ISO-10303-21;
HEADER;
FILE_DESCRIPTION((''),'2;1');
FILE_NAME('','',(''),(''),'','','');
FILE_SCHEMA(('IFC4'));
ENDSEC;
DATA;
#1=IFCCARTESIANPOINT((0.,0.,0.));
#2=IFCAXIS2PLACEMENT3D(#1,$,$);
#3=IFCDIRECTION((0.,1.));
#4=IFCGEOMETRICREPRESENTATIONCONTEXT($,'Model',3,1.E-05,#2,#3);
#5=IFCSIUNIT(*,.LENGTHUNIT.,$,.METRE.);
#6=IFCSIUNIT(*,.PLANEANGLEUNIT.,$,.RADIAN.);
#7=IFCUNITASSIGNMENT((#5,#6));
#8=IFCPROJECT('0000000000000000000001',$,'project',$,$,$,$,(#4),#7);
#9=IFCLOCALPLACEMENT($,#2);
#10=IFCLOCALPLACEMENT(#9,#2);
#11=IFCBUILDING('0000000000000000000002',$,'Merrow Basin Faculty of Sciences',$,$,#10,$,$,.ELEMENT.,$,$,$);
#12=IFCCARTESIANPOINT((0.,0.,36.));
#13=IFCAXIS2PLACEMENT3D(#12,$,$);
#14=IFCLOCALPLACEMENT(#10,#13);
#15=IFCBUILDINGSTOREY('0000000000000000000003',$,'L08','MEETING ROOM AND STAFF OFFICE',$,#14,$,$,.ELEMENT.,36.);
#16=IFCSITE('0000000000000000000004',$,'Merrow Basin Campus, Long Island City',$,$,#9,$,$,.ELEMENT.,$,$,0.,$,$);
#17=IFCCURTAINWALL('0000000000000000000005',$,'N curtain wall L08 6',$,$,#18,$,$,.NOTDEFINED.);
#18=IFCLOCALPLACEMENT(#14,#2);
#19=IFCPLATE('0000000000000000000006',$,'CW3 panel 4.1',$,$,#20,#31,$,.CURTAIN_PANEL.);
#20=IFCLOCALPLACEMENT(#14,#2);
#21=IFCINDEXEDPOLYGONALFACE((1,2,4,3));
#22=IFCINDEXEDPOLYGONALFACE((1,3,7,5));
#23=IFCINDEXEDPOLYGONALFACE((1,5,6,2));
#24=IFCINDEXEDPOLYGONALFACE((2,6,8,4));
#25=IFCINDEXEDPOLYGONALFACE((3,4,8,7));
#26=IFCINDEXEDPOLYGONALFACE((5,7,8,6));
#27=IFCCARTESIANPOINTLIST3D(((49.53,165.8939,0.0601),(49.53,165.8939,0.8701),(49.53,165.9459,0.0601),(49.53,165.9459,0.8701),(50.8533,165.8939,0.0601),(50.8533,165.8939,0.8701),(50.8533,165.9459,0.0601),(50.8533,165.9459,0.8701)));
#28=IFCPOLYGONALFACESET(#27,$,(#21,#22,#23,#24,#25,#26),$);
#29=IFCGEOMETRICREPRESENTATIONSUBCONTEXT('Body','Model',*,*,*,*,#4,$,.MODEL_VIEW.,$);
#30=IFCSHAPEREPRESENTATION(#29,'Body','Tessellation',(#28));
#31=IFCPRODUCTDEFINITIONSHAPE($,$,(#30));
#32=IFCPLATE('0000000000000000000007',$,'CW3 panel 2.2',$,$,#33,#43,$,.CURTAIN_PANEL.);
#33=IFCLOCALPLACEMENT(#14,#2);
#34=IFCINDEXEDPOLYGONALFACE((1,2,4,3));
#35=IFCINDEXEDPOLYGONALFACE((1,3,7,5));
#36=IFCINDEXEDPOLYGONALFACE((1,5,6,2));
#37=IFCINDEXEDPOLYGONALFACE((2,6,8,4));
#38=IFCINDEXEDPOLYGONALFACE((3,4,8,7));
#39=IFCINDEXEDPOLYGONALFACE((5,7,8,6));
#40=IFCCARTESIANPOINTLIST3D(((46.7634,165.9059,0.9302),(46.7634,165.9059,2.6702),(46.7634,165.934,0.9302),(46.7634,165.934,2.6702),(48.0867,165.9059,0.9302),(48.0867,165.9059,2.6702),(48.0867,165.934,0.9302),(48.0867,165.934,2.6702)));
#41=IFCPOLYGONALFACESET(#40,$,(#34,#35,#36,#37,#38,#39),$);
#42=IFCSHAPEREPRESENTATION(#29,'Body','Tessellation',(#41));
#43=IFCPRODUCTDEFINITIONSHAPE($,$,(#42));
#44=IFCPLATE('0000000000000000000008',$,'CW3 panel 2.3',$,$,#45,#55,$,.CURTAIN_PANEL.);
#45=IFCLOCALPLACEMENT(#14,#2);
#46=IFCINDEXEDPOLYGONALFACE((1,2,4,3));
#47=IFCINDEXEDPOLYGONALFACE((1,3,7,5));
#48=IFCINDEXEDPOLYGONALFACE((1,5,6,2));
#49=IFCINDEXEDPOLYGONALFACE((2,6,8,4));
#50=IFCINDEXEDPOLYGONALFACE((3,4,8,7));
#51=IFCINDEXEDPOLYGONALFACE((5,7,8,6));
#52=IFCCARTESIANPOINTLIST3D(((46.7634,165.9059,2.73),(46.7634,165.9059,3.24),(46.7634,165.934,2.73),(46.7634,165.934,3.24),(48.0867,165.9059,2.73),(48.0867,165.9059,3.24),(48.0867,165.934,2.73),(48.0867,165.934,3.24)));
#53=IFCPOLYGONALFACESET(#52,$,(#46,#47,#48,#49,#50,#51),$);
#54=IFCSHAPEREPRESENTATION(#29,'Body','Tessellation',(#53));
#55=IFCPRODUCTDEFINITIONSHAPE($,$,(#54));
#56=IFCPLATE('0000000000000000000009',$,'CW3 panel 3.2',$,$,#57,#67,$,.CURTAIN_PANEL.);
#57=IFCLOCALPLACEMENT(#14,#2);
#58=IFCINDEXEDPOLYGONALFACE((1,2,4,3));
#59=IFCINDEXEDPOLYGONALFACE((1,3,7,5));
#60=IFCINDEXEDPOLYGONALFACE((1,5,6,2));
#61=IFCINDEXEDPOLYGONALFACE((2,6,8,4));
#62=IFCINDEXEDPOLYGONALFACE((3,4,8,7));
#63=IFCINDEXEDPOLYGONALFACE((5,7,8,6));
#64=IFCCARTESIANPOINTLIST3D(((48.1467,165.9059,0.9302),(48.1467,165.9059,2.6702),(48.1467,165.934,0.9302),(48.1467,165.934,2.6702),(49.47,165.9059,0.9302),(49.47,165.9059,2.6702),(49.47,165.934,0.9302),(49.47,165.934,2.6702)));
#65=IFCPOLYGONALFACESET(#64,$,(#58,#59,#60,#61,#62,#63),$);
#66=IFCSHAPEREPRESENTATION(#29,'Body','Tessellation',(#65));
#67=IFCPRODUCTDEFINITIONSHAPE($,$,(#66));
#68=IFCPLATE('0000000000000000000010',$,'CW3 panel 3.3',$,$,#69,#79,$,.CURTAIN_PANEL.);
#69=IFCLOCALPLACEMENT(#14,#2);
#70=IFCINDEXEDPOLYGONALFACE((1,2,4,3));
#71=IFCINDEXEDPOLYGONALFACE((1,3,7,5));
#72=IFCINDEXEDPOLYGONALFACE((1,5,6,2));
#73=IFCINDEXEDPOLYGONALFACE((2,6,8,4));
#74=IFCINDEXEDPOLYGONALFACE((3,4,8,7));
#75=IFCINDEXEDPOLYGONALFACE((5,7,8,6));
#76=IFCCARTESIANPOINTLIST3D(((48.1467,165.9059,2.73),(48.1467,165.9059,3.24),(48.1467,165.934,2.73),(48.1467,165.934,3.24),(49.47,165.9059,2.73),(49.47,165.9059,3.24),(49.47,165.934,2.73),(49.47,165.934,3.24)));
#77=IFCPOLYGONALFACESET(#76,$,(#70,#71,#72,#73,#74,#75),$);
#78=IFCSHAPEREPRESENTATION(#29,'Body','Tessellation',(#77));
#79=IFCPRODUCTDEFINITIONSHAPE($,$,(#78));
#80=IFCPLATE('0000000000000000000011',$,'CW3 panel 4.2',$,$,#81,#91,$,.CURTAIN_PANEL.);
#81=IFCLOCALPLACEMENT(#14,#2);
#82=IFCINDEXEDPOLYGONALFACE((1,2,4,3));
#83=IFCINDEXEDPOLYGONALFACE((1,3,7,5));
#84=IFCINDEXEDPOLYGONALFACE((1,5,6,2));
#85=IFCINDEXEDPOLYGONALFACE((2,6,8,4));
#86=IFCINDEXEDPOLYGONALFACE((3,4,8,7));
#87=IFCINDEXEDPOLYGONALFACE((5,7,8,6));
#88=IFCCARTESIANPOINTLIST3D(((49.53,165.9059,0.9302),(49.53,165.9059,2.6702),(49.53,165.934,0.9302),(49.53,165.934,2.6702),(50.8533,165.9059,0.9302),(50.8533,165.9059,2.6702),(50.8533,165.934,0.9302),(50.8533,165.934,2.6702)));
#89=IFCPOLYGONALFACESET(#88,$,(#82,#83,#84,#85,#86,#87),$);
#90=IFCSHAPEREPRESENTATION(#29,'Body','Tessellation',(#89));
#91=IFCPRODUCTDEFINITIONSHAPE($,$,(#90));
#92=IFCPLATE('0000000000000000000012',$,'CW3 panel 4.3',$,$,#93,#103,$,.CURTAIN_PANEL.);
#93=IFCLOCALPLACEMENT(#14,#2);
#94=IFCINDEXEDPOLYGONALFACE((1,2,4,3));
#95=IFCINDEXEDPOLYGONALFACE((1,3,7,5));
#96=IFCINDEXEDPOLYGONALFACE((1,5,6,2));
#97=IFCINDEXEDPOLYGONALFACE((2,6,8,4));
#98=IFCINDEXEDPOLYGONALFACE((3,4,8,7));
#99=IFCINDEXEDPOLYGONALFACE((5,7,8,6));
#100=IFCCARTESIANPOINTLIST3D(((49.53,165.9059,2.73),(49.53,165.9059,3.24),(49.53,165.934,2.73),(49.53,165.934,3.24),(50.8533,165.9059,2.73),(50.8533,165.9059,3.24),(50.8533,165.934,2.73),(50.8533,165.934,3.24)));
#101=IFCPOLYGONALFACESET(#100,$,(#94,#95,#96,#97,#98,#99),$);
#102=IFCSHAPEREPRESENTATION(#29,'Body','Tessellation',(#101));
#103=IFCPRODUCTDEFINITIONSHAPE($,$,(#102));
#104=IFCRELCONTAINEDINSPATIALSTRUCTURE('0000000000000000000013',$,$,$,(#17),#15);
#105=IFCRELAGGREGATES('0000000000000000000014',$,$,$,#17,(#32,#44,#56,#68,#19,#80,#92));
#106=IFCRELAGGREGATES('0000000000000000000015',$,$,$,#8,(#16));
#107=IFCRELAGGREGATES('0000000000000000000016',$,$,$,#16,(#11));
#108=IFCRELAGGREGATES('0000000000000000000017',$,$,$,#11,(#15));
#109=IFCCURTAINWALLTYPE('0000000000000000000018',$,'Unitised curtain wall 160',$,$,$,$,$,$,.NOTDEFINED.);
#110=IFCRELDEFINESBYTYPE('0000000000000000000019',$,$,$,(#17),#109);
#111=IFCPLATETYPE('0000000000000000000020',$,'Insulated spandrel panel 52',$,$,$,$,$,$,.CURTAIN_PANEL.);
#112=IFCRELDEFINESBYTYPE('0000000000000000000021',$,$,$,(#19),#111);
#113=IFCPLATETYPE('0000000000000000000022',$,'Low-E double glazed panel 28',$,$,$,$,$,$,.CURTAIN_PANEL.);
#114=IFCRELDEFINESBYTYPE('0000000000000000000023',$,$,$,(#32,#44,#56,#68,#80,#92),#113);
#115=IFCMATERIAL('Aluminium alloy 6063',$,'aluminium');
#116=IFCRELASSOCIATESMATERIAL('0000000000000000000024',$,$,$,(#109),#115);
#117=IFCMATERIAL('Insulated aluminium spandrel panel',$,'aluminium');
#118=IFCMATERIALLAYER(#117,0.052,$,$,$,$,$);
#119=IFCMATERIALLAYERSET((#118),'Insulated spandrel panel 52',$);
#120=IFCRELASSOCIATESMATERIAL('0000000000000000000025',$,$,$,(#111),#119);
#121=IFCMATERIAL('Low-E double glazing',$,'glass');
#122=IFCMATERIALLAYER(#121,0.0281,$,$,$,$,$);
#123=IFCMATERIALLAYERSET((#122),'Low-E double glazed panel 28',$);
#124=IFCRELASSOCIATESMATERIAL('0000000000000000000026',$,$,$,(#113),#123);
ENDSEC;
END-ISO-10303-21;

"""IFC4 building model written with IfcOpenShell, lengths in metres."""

from ifc_helpers import new_model, si_unit, direction, frame, origin, origin_2d, place, context, subcontext, project, spatial, rectangle, extrude, material, layer, layer_set, type_object, element, aggregate, save


model = new_model("IFC4")

# Units and contexts
model_context = context("Model", 3, precision=1e-05, world=origin(), true_north=direction((0.0, 1.0)))
body_context = subcontext(model_context, "Body", "Model", "MODEL_VIEW")
ifc_project = project(units=[si_unit("LENGTHUNIT", "METRE"), si_unit("PLANEANGLEUNIT", "RADIAN")], contexts=[model_context])

# Site, building, storey
site_placement = place(None, origin())
site = spatial("IfcSite", under=ifc_project, at=site_placement, Name="Merrow Basin Campus, Long Island City", CompositionType="ELEMENT", RefElevation=0.0)
building_placement = place(site_placement, origin())
building = spatial("IfcBuilding", under=site, at=building_placement, Name="Merrow Basin Faculty of Sciences", CompositionType="ELEMENT")
storey_placement = place(building_placement, frame((0.0, 0.0, 36.0)))
storey = spatial("IfcBuildingStorey", under=building, at=storey_placement, Name="L08", Description="MEETING ROOM AND STAFF OFFICE", CompositionType="ELEMENT", Elevation=36.0)

# Curtain wall, plates
ifc_material_1 = material(Name="Aluminium alloy 6063", Category="aluminium")
curtain_wall_type = type_object("IfcCurtainWallType", Name="Unitised curtain wall 160", PredefinedType="NOTDEFINED", material=ifc_material_1)
curtain_wall_placement = place(storey_placement, origin())
curtain_wall = element("IfcCurtainWall", 1, at=curtain_wall_placement, inside=storey, type_object=curtain_wall_type, Name="N curtain wall L08 6", PredefinedType="NOTDEFINED")
ifc_material_2 = material(Name="Insulated aluminium spandrel panel", Category="aluminium")
ifc_layer_1 = layer(ifc_material_2, 0.052)
ifc_layer_set_1 = layer_set([ifc_layer_1], Name="Insulated spandrel panel 52")
plate_type_1 = type_object("IfcPlateType", Name="Insulated spandrel panel 52", PredefinedType="CURTAIN_PANEL", material=ifc_layer_set_1)
plate_1_placement = place(storey_placement, frame((50.1917, 165.9199, 0.0601), z_axis=(0.0, 0.0, 1.0), x_axis=(1.0, 0.0, 0.0)))
plate_1 = element("IfcPlate", 2, at=plate_1_placement, type_object=plate_type_1, Name="CW3 panel 4.1", PredefinedType="CURTAIN_PANEL", context=body_context, shape_type="SweptSolid", body=[
    extrude(rectangle(XDim=1.3232, YDim=0.052, at=origin_2d()), origin(), (0.0, 0.0, 1.0), 0.8101),
])
ifc_material_3 = material(Name="Low-E double glazing", Category="glass")
ifc_layer_2 = layer(ifc_material_3, 0.0281)
ifc_layer_set_2 = layer_set([ifc_layer_2], Name="Low-E double glazed panel 28")
plate_type_2 = type_object("IfcPlateType", Name="Low-E double glazed panel 28", PredefinedType="CURTAIN_PANEL", material=ifc_layer_set_2)
plate_2_placement = place(storey_placement, frame((47.425, 165.9199, 0.9302), z_axis=(0.0, 0.0, 1.0), x_axis=(1.0, 0.0, 0.0)))
plate_2 = element("IfcPlate", 3, at=plate_2_placement, type_object=plate_type_2, Name="CW3 panel 2.2", PredefinedType="CURTAIN_PANEL", context=body_context, shape_type="SweptSolid", body=[
    extrude(rectangle(XDim=1.3232, YDim=0.0281, at=origin_2d()), origin(), (0.0, 0.0, 1.0), 1.74),
])
plate_3_placement = place(storey_placement, frame((47.425, 165.9199, 2.73), z_axis=(0.0, 0.0, 1.0), x_axis=(1.0, 0.0, 0.0)))
plate_3 = element("IfcPlate", 4, at=plate_3_placement, type_object=plate_type_2, Name="CW3 panel 2.3", PredefinedType="CURTAIN_PANEL", context=body_context, shape_type="SweptSolid", body=[
    extrude(rectangle(XDim=1.3232, YDim=0.0281, at=origin_2d()), origin(), (0.0, 0.0, 1.0), 0.51),
])
plate_4_placement = place(storey_placement, frame((48.8083, 165.9199, 0.9302), z_axis=(0.0, 0.0, 1.0), x_axis=(1.0, 0.0, 0.0)))
plate_4 = element("IfcPlate", 5, at=plate_4_placement, type_object=plate_type_2, Name="CW3 panel 3.2", PredefinedType="CURTAIN_PANEL", context=body_context, shape_type="SweptSolid", body=[
    extrude(rectangle(XDim=1.3232, YDim=0.0281, at=origin_2d()), origin(), (0.0, 0.0, 1.0), 1.74),
])
plate_5_placement = place(storey_placement, frame((48.8083, 165.9199, 2.73), z_axis=(0.0, 0.0, 1.0), x_axis=(1.0, 0.0, 0.0)))
plate_5 = element("IfcPlate", 6, at=plate_5_placement, type_object=plate_type_2, Name="CW3 panel 3.3", PredefinedType="CURTAIN_PANEL", context=body_context, shape_type="SweptSolid", body=[
    extrude(rectangle(XDim=1.3232, YDim=0.0281, at=origin_2d()), origin(), (0.0, 0.0, 1.0), 0.51),
])
plate_6_placement = place(storey_placement, frame((50.1917, 165.9199, 0.9302), z_axis=(0.0, 0.0, 1.0), x_axis=(1.0, 0.0, 0.0)))
plate_6 = element("IfcPlate", 7, at=plate_6_placement, type_object=plate_type_2, Name="CW3 panel 4.2", PredefinedType="CURTAIN_PANEL", context=body_context, shape_type="SweptSolid", body=[
    extrude(rectangle(XDim=1.3232, YDim=0.0281, at=origin_2d()), origin(), (0.0, 0.0, 1.0), 1.74),
])
plate_7_placement = place(storey_placement, frame((50.1917, 165.9199, 2.73), z_axis=(0.0, 0.0, 1.0), x_axis=(1.0, 0.0, 0.0)))
plate_7 = element("IfcPlate", 8, at=plate_7_placement, type_object=plate_type_2, Name="CW3 panel 4.3", PredefinedType="CURTAIN_PANEL", context=body_context, shape_type="SweptSolid", body=[
    extrude(rectangle(XDim=1.3232, YDim=0.0281, at=origin_2d()), origin(), (0.0, 0.0, 1.0), 0.51),
])
aggregate(curtain_wall, [plate_2, plate_3, plate_4, plate_5, plate_1, plate_6, plate_7])

save(model, "model.ifc")
